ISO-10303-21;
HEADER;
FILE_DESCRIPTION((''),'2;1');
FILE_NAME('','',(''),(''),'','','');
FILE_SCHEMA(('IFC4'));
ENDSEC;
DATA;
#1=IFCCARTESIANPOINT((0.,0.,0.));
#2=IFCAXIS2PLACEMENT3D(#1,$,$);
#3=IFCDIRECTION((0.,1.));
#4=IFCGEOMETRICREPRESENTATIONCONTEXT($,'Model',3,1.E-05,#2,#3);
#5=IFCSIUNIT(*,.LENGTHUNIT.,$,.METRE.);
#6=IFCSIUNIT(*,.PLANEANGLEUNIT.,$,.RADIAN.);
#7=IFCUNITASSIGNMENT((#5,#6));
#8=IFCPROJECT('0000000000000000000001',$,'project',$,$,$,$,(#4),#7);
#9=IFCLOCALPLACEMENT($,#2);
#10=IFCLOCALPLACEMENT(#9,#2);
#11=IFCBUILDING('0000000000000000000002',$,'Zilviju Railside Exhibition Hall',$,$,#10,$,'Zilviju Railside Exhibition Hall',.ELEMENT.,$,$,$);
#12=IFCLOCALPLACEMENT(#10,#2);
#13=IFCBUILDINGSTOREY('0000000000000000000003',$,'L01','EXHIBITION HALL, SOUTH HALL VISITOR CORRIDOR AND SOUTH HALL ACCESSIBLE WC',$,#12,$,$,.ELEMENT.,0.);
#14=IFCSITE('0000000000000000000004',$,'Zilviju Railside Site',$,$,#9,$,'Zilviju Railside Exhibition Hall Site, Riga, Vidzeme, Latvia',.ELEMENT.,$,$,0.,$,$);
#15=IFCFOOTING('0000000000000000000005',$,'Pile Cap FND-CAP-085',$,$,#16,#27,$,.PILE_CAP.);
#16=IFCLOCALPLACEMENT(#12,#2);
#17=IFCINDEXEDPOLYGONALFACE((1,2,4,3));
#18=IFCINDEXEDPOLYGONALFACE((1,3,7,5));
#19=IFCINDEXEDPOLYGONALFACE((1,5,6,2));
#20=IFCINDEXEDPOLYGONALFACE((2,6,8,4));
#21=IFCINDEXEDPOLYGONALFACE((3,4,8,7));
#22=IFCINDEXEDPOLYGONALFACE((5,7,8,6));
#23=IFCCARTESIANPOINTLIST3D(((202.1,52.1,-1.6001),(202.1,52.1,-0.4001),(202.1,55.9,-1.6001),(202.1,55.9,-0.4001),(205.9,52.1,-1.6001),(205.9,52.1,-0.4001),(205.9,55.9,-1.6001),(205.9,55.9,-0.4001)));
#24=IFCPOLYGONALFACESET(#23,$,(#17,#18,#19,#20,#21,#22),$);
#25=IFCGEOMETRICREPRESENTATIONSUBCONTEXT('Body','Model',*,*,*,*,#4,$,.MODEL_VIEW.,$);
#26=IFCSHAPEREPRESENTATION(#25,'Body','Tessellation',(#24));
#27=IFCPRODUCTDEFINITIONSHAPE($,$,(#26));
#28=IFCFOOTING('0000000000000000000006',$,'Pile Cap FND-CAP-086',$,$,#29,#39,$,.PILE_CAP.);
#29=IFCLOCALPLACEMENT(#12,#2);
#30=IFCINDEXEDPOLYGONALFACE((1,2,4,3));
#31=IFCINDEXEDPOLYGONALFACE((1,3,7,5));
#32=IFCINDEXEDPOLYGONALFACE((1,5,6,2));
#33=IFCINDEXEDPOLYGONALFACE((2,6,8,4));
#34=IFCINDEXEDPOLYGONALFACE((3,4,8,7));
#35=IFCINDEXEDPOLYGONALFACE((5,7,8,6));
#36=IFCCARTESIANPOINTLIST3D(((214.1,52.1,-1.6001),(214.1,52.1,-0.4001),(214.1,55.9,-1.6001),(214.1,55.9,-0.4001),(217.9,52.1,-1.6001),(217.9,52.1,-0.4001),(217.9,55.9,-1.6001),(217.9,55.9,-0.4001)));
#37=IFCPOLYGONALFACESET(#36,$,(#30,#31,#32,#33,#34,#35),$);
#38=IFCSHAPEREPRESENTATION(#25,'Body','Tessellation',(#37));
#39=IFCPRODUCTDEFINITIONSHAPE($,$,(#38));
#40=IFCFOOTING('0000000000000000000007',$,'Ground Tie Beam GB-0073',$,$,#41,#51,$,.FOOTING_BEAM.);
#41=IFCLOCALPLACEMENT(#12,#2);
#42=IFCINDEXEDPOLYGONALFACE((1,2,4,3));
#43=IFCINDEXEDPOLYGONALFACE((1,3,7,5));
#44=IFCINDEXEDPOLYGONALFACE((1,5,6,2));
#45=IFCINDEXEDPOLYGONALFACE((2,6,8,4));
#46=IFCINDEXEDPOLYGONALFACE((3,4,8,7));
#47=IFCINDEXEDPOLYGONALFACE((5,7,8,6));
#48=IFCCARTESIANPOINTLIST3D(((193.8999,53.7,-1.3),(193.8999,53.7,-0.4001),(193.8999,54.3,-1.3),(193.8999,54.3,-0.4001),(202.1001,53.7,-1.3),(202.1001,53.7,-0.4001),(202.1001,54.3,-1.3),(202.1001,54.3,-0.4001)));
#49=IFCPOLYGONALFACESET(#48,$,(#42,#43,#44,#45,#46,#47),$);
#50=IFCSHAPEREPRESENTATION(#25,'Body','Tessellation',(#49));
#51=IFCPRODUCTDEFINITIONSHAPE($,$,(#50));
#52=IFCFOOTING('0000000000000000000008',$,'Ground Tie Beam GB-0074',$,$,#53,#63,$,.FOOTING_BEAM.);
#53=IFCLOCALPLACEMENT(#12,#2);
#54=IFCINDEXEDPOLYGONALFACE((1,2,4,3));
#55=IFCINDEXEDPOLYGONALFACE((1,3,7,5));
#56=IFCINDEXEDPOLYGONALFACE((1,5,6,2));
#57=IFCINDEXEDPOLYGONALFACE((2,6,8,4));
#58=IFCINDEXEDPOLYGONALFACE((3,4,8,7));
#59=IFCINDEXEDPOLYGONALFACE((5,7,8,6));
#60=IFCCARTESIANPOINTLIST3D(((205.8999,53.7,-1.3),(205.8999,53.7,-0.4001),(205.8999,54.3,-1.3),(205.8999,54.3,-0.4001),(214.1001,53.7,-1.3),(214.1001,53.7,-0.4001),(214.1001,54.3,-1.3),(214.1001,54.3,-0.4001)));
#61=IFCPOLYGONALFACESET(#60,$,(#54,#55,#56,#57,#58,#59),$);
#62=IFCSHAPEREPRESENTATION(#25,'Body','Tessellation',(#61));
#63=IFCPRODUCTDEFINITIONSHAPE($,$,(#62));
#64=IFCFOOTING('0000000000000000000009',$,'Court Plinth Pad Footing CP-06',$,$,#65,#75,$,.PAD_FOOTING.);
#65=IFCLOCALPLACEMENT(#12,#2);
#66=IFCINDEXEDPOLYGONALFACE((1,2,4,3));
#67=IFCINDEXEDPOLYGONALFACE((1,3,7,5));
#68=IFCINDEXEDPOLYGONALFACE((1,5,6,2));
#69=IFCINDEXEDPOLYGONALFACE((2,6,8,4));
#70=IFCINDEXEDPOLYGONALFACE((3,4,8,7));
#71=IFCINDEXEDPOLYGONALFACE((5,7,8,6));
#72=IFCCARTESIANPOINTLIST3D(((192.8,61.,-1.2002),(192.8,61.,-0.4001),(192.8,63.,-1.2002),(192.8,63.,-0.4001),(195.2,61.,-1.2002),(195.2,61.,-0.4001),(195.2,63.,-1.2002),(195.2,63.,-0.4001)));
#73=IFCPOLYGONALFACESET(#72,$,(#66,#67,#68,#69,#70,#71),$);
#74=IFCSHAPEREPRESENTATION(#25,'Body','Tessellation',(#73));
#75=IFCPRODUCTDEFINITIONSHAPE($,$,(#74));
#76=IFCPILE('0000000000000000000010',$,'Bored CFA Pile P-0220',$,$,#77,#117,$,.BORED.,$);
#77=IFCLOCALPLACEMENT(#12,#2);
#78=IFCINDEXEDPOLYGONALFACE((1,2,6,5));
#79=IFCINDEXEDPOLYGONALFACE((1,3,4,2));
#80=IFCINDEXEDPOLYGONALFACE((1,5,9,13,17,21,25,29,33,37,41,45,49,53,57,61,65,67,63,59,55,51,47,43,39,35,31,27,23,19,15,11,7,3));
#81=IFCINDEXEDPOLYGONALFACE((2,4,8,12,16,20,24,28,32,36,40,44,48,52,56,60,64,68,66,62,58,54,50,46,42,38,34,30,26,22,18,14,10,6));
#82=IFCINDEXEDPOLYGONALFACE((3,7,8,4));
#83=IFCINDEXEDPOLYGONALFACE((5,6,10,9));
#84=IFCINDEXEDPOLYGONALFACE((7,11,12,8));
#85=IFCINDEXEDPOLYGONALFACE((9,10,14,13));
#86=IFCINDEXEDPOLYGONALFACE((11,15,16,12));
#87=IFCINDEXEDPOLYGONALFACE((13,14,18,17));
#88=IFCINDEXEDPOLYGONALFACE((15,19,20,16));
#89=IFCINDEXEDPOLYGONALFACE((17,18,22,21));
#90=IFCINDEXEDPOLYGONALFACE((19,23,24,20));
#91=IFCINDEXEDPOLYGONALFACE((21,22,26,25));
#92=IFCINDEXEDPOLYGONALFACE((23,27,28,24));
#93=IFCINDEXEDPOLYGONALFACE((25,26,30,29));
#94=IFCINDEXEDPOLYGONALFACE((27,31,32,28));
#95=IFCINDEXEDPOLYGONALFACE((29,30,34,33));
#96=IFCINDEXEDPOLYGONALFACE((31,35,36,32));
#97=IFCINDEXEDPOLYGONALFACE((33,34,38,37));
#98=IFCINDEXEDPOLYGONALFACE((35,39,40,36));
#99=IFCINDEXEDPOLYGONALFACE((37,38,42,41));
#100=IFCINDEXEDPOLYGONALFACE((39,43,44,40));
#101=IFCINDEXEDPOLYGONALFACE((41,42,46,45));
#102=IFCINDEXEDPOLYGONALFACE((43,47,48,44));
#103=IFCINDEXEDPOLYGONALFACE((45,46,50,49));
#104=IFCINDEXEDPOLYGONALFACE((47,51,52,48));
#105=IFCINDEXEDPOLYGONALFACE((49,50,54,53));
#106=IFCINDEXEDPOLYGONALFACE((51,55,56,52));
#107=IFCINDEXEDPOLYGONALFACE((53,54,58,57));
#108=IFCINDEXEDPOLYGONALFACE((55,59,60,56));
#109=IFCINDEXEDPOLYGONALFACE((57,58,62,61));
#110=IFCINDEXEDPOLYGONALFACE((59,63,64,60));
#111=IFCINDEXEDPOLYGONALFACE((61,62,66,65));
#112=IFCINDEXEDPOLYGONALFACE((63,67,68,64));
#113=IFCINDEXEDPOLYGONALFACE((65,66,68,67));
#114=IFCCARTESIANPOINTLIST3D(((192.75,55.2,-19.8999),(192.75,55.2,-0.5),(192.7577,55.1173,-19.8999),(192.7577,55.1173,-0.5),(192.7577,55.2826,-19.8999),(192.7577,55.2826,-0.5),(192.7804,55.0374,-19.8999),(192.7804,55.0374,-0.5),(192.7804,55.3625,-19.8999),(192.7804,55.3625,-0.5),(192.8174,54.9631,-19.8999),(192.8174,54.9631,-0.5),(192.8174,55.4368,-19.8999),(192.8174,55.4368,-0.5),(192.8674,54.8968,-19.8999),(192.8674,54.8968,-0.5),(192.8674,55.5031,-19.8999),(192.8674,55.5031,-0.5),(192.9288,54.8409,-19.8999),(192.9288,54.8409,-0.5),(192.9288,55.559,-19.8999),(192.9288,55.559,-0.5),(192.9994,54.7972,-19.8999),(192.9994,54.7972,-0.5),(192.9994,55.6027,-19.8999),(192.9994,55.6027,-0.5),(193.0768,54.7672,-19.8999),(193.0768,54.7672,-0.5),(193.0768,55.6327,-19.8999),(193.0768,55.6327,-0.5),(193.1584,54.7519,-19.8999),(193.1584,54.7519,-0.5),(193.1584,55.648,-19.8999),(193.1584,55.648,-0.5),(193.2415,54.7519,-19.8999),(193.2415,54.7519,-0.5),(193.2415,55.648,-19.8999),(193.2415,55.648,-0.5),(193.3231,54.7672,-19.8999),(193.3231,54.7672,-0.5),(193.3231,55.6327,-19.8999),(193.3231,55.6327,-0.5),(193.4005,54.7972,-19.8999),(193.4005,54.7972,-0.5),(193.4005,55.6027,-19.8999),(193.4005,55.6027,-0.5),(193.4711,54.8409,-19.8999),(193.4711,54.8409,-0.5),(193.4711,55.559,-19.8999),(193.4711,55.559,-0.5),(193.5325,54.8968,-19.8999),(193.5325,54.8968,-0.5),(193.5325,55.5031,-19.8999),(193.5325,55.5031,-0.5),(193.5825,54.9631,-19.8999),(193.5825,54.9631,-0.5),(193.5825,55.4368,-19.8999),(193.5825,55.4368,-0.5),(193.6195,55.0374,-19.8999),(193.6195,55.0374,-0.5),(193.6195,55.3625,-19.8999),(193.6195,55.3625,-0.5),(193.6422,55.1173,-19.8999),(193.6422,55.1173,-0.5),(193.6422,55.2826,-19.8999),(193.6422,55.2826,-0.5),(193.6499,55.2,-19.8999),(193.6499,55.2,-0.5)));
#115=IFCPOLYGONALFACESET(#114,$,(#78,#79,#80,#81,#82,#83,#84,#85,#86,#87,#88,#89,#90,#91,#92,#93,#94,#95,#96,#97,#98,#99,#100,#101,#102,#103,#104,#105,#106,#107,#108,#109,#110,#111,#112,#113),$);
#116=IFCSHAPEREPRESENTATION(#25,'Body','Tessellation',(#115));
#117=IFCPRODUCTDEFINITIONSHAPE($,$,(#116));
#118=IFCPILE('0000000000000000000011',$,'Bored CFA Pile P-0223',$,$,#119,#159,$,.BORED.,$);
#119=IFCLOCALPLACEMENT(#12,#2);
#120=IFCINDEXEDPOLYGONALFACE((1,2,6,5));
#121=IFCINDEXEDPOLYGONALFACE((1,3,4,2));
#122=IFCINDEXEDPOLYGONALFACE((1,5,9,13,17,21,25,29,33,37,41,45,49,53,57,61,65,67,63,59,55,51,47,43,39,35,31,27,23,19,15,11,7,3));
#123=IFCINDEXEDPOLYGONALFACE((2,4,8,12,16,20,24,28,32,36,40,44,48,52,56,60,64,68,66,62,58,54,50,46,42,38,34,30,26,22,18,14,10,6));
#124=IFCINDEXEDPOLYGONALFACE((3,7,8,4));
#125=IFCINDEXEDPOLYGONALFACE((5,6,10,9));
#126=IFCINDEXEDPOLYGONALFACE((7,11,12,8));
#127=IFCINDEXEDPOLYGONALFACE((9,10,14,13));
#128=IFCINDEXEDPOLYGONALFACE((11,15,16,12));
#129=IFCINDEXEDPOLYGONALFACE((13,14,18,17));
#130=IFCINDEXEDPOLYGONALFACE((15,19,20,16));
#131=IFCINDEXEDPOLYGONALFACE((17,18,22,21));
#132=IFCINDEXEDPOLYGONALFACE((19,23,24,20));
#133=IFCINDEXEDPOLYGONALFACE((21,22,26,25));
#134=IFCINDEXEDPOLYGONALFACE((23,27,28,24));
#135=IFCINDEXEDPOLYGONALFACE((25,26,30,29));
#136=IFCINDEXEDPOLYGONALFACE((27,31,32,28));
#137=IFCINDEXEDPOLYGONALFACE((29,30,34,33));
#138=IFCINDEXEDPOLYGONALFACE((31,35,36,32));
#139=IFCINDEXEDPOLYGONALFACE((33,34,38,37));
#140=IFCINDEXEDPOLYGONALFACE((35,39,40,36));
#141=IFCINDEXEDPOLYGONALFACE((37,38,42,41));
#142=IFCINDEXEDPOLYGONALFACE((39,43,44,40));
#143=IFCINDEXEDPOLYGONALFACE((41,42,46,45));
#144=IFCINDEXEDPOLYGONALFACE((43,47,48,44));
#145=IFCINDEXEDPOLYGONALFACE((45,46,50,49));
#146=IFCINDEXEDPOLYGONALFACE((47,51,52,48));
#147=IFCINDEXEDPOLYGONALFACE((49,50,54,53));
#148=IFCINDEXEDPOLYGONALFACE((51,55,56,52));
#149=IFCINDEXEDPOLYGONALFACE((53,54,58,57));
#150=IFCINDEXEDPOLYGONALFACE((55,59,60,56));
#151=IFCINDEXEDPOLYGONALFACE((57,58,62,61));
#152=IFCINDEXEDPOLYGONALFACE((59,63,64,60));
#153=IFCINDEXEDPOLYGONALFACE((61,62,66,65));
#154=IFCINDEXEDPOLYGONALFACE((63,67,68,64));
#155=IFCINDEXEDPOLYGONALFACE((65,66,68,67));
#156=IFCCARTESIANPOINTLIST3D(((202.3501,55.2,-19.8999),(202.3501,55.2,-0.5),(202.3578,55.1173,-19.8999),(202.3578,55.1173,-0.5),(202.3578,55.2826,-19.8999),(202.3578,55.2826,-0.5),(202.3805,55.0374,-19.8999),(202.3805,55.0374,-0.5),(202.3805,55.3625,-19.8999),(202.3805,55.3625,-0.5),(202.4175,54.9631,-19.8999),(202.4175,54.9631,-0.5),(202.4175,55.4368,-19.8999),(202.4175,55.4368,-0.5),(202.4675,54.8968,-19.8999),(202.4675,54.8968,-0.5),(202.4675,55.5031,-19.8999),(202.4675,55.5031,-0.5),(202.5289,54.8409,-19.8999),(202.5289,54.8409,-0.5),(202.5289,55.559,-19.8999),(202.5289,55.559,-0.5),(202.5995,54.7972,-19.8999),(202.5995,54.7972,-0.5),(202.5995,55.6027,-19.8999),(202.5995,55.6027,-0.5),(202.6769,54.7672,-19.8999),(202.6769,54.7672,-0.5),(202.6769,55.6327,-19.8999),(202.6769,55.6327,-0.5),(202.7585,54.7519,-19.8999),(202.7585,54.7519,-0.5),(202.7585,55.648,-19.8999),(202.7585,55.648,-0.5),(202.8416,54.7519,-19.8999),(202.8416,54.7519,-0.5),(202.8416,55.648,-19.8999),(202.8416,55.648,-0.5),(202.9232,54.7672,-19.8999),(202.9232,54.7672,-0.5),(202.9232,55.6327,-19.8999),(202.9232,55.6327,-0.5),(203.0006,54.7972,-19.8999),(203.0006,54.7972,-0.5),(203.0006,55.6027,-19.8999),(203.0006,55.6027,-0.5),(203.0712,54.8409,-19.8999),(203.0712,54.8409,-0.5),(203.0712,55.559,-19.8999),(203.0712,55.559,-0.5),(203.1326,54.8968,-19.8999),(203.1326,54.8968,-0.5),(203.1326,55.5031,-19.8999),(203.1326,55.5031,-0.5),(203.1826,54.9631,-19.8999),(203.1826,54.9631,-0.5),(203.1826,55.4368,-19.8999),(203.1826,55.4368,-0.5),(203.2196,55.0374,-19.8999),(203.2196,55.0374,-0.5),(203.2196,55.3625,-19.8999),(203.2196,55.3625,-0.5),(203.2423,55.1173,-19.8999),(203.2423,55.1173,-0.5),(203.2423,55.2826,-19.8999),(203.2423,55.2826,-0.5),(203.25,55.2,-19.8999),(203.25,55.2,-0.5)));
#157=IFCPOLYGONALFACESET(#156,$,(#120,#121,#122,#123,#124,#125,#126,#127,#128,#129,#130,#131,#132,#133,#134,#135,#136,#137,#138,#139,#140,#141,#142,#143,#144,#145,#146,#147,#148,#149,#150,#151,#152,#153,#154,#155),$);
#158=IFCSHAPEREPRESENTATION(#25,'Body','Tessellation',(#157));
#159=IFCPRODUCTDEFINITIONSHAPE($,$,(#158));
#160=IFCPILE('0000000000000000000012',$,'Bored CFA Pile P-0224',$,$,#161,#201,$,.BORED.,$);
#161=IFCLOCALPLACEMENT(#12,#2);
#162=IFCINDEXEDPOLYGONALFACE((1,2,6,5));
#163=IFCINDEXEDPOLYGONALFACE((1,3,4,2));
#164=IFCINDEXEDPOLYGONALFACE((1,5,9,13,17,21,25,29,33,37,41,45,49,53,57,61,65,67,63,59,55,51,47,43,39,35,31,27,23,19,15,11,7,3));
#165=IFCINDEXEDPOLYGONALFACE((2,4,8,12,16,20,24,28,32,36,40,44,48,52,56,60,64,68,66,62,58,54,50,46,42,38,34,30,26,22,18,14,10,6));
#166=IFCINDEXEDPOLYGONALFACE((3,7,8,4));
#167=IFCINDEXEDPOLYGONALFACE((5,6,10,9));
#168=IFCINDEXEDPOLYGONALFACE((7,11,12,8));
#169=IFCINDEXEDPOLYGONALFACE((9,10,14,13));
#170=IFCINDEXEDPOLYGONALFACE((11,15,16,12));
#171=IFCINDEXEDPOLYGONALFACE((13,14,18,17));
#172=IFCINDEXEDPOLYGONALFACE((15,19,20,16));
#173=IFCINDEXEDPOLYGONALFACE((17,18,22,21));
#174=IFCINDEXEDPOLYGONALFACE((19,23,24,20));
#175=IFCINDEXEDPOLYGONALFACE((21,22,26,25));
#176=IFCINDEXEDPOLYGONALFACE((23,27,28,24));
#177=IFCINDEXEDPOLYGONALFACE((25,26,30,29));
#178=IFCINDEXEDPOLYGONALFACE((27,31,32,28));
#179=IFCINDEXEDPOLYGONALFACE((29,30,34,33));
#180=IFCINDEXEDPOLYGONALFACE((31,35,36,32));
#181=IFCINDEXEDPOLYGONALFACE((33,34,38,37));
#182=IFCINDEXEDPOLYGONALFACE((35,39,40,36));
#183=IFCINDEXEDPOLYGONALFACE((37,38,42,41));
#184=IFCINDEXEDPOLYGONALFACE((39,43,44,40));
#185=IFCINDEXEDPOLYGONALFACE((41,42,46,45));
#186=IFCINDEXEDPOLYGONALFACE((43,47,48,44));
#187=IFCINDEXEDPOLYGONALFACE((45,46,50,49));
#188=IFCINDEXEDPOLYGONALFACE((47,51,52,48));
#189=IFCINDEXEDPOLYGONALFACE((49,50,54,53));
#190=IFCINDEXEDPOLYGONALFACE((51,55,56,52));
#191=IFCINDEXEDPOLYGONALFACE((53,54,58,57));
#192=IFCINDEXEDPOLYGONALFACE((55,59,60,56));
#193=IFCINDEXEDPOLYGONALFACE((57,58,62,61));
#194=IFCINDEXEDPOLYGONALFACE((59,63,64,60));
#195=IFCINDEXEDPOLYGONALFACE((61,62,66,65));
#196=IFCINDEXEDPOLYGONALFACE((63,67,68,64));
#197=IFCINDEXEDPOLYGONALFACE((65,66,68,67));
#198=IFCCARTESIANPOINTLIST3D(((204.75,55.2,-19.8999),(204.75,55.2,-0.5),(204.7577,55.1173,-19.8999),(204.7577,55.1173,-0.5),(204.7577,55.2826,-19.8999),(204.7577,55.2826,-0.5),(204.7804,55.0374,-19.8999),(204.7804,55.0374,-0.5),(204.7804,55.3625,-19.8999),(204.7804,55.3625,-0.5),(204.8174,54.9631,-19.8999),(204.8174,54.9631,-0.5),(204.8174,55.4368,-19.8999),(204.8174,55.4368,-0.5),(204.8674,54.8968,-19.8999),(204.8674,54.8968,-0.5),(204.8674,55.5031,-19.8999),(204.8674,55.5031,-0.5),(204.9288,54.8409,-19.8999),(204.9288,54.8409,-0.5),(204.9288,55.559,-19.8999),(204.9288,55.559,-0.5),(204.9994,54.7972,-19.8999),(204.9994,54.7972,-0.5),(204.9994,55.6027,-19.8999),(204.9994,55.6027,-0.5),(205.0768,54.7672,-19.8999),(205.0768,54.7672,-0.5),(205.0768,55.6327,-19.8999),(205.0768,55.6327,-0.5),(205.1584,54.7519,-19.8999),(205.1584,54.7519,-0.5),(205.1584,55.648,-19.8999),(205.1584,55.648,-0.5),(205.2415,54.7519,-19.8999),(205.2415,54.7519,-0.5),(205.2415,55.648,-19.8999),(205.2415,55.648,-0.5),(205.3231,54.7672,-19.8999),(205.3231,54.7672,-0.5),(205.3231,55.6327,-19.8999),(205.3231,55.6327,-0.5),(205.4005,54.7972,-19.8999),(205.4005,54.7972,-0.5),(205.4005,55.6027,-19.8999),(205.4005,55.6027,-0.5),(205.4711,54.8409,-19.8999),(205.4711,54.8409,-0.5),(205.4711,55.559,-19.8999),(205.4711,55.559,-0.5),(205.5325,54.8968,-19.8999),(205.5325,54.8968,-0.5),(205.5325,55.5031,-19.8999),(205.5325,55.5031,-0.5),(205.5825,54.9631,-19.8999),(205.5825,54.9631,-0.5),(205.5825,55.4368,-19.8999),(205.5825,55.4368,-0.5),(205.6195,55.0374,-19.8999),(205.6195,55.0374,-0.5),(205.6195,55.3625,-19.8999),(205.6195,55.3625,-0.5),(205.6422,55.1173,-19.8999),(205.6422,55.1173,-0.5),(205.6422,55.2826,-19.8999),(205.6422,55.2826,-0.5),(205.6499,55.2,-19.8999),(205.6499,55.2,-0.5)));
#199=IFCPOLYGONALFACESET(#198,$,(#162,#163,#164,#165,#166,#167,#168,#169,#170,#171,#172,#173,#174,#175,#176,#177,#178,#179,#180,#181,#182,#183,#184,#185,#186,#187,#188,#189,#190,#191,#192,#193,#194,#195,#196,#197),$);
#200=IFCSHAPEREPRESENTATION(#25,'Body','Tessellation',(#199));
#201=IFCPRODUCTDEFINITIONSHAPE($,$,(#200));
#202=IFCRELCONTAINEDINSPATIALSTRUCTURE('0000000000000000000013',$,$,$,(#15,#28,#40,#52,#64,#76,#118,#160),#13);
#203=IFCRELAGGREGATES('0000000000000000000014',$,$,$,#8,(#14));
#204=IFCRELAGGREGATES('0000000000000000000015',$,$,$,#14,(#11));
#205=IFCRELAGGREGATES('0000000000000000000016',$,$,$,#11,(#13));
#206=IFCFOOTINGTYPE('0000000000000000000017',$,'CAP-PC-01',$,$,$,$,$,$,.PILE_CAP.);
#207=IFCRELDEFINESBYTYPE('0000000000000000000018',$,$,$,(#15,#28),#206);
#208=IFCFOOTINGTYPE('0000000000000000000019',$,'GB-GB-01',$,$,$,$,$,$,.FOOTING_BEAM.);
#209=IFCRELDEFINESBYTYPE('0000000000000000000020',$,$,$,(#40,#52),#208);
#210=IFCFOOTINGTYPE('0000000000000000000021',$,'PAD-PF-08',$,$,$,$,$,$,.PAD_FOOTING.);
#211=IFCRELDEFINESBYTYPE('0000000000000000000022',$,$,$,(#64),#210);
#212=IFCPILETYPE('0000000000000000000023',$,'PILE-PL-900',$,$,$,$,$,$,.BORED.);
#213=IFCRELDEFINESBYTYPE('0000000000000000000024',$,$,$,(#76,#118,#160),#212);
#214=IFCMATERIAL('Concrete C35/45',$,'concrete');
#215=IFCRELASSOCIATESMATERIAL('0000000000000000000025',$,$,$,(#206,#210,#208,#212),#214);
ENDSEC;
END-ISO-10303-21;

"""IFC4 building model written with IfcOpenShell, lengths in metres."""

from ifc_helpers import new_model, si_unit, direction, frame, origin, origin_2d, place, context, subcontext, project, spatial, rectangle, circle, extrude, material, material_profile, profile_set, type_object, element, save


model = new_model("IFC4")

# Units and contexts
model_context = context("Model", 3, precision=1e-05, world=origin(), true_north=direction((0.0, 1.0)))
body_context = subcontext(model_context, "Body", "Model", "MODEL_VIEW")
ifc_project = project(units=[si_unit("LENGTHUNIT", "METRE"), si_unit("PLANEANGLEUNIT", "RADIAN")], contexts=[model_context])

# Site, building, storey
site_placement = place(None, origin())
site = spatial("IfcSite", under=ifc_project, at=site_placement, Name="Zilviju Railside Site", LongName="Zilviju Railside Exhibition Hall Site, Riga, Vidzeme, Latvia", CompositionType="ELEMENT", RefElevation=0.0)
building_placement = place(site_placement, origin())
building = spatial("IfcBuilding", under=site, at=building_placement, Name="Zilviju Railside Exhibition Hall", LongName="Zilviju Railside Exhibition Hall", CompositionType="ELEMENT")
storey_placement = place(building_placement, origin())
storey = spatial("IfcBuildingStorey", under=building, at=storey_placement, Name="L01", Description="EXHIBITION HALL, SOUTH HALL VISITOR CORRIDOR AND SOUTH HALL ACCESSIBLE WC", CompositionType="ELEMENT", Elevation=0.0)

# Footings
ifc_material_1 = material(Name="Concrete C35/45", Category="concrete")
footing_type_1 = type_object("IfcFootingType", Name="CAP-PC-01", PredefinedType="PILE_CAP", material=ifc_material_1)
for number, where, z_axis, x_axis, name in (
    (1, (204.0, 54.0, -1.6001), (0.0, 0.0, 1.0), (1.0, 0.0, 0.0), "Pile Cap FND-CAP-085"),
    (2, (216.0, 54.0, -1.6001), (0.0, 0.0, 1.0), (1.0, 0.0, 0.0), "Pile Cap FND-CAP-086"),
):
    element("IfcFooting", number, at=place(storey_placement, frame(where, z_axis=z_axis, x_axis=x_axis)), inside=storey, type_object=footing_type_1, Name=name, PredefinedType="PILE_CAP", context=body_context, shape_type="SweptSolid", body=[
        extrude(rectangle(XDim=3.8, YDim=3.8, at=origin_2d()), origin(), (0.0, 0.0, 1.0), 1.2),
    ])
ifc_material_profile_1 = material_profile(ifc_material_1, rectangle(XDim=0.6001, YDim=0.8999, at=origin_2d()), Name="TIE BEAM 600x900")
ifc_profile_set_1 = profile_set([ifc_material_profile_1], Name="Concrete C35/45")
footing_type_2 = type_object("IfcFootingType", Name="GB-GB-01", PredefinedType="FOOTING_BEAM", material=ifc_profile_set_1)
for number, where, z_axis, x_axis, name in (
    (3, (193.8999, 54.0, -0.8501), (1.0, 0.0, 0.0), (0.0, 1.0, 0.0), "Ground Tie Beam GB-0073"),
    (4, (205.8999, 54.0, -0.8501), (1.0, 0.0, 0.0), (0.0, 1.0, 0.0), "Ground Tie Beam GB-0074"),
):
    element("IfcFooting", number, at=place(storey_placement, frame(where, z_axis=z_axis, x_axis=x_axis)), inside=storey, type_object=footing_type_2, Name=name, PredefinedType="FOOTING_BEAM", context=body_context, shape_type="SweptSolid", body=[
        extrude(rectangle(XDim=0.6001, YDim=0.8999, at=origin_2d()), origin(), (0.0, 0.0, 1.0), 8.2002),
    ])
footing_type_3 = type_object("IfcFootingType", Name="PAD-PF-08", PredefinedType="PAD_FOOTING", material=ifc_material_1)
footing_placement = place(storey_placement, frame((194.0, 62.0, -1.2002), z_axis=(0.0, 0.0, 1.0), x_axis=(1.0, 0.0, 0.0)))
element("IfcFooting", 5, at=footing_placement, inside=storey, type_object=footing_type_3, Name="Court Plinth Pad Footing CP-06", PredefinedType="PAD_FOOTING", context=body_context, shape_type="SweptSolid", body=[
    extrude(rectangle(XDim=2.3999, YDim=2.0, at=origin_2d()), origin(), (0.0, 0.0, 1.0), 0.8),
])

# Piles
ifc_material_profile_2 = material_profile(ifc_material_1, circle(Radius=0.45, at=origin_2d()), Name="CFA PILE D900")
ifc_profile_set_2 = profile_set([ifc_material_profile_2], Name="Concrete C35/45")
pile_type = type_object("IfcPileType", Name="PILE-PL-900", PredefinedType="BORED", material=ifc_profile_set_2)
for number, where, z_axis, x_axis, name in (
    (6, (193.2, 55.2, -0.5), (0.0, 0.0, -1.0), (1.0, 0.0, 0.0), "Bored CFA Pile P-0220"),
    (7, (202.8, 55.2, -0.5), (0.0, 0.0, -1.0), (1.0, 0.0, 0.0), "Bored CFA Pile P-0223"),
    (8, (205.2, 55.2, -0.5), (0.0, 0.0, -1.0), (1.0, 0.0, 0.0), "Bored CFA Pile P-0224"),
):
    element("IfcPile", number, at=place(storey_placement, frame(where, z_axis=z_axis, x_axis=x_axis)), inside=storey, type_object=pile_type, Name=name, PredefinedType="BORED", context=body_context, shape_type="SweptSolid", body=[
        extrude(circle(Radius=0.45, at=origin_2d()), origin(), (0.0, 0.0, 1.0), 19.3999),
    ])

save(model, "model.ifc")
